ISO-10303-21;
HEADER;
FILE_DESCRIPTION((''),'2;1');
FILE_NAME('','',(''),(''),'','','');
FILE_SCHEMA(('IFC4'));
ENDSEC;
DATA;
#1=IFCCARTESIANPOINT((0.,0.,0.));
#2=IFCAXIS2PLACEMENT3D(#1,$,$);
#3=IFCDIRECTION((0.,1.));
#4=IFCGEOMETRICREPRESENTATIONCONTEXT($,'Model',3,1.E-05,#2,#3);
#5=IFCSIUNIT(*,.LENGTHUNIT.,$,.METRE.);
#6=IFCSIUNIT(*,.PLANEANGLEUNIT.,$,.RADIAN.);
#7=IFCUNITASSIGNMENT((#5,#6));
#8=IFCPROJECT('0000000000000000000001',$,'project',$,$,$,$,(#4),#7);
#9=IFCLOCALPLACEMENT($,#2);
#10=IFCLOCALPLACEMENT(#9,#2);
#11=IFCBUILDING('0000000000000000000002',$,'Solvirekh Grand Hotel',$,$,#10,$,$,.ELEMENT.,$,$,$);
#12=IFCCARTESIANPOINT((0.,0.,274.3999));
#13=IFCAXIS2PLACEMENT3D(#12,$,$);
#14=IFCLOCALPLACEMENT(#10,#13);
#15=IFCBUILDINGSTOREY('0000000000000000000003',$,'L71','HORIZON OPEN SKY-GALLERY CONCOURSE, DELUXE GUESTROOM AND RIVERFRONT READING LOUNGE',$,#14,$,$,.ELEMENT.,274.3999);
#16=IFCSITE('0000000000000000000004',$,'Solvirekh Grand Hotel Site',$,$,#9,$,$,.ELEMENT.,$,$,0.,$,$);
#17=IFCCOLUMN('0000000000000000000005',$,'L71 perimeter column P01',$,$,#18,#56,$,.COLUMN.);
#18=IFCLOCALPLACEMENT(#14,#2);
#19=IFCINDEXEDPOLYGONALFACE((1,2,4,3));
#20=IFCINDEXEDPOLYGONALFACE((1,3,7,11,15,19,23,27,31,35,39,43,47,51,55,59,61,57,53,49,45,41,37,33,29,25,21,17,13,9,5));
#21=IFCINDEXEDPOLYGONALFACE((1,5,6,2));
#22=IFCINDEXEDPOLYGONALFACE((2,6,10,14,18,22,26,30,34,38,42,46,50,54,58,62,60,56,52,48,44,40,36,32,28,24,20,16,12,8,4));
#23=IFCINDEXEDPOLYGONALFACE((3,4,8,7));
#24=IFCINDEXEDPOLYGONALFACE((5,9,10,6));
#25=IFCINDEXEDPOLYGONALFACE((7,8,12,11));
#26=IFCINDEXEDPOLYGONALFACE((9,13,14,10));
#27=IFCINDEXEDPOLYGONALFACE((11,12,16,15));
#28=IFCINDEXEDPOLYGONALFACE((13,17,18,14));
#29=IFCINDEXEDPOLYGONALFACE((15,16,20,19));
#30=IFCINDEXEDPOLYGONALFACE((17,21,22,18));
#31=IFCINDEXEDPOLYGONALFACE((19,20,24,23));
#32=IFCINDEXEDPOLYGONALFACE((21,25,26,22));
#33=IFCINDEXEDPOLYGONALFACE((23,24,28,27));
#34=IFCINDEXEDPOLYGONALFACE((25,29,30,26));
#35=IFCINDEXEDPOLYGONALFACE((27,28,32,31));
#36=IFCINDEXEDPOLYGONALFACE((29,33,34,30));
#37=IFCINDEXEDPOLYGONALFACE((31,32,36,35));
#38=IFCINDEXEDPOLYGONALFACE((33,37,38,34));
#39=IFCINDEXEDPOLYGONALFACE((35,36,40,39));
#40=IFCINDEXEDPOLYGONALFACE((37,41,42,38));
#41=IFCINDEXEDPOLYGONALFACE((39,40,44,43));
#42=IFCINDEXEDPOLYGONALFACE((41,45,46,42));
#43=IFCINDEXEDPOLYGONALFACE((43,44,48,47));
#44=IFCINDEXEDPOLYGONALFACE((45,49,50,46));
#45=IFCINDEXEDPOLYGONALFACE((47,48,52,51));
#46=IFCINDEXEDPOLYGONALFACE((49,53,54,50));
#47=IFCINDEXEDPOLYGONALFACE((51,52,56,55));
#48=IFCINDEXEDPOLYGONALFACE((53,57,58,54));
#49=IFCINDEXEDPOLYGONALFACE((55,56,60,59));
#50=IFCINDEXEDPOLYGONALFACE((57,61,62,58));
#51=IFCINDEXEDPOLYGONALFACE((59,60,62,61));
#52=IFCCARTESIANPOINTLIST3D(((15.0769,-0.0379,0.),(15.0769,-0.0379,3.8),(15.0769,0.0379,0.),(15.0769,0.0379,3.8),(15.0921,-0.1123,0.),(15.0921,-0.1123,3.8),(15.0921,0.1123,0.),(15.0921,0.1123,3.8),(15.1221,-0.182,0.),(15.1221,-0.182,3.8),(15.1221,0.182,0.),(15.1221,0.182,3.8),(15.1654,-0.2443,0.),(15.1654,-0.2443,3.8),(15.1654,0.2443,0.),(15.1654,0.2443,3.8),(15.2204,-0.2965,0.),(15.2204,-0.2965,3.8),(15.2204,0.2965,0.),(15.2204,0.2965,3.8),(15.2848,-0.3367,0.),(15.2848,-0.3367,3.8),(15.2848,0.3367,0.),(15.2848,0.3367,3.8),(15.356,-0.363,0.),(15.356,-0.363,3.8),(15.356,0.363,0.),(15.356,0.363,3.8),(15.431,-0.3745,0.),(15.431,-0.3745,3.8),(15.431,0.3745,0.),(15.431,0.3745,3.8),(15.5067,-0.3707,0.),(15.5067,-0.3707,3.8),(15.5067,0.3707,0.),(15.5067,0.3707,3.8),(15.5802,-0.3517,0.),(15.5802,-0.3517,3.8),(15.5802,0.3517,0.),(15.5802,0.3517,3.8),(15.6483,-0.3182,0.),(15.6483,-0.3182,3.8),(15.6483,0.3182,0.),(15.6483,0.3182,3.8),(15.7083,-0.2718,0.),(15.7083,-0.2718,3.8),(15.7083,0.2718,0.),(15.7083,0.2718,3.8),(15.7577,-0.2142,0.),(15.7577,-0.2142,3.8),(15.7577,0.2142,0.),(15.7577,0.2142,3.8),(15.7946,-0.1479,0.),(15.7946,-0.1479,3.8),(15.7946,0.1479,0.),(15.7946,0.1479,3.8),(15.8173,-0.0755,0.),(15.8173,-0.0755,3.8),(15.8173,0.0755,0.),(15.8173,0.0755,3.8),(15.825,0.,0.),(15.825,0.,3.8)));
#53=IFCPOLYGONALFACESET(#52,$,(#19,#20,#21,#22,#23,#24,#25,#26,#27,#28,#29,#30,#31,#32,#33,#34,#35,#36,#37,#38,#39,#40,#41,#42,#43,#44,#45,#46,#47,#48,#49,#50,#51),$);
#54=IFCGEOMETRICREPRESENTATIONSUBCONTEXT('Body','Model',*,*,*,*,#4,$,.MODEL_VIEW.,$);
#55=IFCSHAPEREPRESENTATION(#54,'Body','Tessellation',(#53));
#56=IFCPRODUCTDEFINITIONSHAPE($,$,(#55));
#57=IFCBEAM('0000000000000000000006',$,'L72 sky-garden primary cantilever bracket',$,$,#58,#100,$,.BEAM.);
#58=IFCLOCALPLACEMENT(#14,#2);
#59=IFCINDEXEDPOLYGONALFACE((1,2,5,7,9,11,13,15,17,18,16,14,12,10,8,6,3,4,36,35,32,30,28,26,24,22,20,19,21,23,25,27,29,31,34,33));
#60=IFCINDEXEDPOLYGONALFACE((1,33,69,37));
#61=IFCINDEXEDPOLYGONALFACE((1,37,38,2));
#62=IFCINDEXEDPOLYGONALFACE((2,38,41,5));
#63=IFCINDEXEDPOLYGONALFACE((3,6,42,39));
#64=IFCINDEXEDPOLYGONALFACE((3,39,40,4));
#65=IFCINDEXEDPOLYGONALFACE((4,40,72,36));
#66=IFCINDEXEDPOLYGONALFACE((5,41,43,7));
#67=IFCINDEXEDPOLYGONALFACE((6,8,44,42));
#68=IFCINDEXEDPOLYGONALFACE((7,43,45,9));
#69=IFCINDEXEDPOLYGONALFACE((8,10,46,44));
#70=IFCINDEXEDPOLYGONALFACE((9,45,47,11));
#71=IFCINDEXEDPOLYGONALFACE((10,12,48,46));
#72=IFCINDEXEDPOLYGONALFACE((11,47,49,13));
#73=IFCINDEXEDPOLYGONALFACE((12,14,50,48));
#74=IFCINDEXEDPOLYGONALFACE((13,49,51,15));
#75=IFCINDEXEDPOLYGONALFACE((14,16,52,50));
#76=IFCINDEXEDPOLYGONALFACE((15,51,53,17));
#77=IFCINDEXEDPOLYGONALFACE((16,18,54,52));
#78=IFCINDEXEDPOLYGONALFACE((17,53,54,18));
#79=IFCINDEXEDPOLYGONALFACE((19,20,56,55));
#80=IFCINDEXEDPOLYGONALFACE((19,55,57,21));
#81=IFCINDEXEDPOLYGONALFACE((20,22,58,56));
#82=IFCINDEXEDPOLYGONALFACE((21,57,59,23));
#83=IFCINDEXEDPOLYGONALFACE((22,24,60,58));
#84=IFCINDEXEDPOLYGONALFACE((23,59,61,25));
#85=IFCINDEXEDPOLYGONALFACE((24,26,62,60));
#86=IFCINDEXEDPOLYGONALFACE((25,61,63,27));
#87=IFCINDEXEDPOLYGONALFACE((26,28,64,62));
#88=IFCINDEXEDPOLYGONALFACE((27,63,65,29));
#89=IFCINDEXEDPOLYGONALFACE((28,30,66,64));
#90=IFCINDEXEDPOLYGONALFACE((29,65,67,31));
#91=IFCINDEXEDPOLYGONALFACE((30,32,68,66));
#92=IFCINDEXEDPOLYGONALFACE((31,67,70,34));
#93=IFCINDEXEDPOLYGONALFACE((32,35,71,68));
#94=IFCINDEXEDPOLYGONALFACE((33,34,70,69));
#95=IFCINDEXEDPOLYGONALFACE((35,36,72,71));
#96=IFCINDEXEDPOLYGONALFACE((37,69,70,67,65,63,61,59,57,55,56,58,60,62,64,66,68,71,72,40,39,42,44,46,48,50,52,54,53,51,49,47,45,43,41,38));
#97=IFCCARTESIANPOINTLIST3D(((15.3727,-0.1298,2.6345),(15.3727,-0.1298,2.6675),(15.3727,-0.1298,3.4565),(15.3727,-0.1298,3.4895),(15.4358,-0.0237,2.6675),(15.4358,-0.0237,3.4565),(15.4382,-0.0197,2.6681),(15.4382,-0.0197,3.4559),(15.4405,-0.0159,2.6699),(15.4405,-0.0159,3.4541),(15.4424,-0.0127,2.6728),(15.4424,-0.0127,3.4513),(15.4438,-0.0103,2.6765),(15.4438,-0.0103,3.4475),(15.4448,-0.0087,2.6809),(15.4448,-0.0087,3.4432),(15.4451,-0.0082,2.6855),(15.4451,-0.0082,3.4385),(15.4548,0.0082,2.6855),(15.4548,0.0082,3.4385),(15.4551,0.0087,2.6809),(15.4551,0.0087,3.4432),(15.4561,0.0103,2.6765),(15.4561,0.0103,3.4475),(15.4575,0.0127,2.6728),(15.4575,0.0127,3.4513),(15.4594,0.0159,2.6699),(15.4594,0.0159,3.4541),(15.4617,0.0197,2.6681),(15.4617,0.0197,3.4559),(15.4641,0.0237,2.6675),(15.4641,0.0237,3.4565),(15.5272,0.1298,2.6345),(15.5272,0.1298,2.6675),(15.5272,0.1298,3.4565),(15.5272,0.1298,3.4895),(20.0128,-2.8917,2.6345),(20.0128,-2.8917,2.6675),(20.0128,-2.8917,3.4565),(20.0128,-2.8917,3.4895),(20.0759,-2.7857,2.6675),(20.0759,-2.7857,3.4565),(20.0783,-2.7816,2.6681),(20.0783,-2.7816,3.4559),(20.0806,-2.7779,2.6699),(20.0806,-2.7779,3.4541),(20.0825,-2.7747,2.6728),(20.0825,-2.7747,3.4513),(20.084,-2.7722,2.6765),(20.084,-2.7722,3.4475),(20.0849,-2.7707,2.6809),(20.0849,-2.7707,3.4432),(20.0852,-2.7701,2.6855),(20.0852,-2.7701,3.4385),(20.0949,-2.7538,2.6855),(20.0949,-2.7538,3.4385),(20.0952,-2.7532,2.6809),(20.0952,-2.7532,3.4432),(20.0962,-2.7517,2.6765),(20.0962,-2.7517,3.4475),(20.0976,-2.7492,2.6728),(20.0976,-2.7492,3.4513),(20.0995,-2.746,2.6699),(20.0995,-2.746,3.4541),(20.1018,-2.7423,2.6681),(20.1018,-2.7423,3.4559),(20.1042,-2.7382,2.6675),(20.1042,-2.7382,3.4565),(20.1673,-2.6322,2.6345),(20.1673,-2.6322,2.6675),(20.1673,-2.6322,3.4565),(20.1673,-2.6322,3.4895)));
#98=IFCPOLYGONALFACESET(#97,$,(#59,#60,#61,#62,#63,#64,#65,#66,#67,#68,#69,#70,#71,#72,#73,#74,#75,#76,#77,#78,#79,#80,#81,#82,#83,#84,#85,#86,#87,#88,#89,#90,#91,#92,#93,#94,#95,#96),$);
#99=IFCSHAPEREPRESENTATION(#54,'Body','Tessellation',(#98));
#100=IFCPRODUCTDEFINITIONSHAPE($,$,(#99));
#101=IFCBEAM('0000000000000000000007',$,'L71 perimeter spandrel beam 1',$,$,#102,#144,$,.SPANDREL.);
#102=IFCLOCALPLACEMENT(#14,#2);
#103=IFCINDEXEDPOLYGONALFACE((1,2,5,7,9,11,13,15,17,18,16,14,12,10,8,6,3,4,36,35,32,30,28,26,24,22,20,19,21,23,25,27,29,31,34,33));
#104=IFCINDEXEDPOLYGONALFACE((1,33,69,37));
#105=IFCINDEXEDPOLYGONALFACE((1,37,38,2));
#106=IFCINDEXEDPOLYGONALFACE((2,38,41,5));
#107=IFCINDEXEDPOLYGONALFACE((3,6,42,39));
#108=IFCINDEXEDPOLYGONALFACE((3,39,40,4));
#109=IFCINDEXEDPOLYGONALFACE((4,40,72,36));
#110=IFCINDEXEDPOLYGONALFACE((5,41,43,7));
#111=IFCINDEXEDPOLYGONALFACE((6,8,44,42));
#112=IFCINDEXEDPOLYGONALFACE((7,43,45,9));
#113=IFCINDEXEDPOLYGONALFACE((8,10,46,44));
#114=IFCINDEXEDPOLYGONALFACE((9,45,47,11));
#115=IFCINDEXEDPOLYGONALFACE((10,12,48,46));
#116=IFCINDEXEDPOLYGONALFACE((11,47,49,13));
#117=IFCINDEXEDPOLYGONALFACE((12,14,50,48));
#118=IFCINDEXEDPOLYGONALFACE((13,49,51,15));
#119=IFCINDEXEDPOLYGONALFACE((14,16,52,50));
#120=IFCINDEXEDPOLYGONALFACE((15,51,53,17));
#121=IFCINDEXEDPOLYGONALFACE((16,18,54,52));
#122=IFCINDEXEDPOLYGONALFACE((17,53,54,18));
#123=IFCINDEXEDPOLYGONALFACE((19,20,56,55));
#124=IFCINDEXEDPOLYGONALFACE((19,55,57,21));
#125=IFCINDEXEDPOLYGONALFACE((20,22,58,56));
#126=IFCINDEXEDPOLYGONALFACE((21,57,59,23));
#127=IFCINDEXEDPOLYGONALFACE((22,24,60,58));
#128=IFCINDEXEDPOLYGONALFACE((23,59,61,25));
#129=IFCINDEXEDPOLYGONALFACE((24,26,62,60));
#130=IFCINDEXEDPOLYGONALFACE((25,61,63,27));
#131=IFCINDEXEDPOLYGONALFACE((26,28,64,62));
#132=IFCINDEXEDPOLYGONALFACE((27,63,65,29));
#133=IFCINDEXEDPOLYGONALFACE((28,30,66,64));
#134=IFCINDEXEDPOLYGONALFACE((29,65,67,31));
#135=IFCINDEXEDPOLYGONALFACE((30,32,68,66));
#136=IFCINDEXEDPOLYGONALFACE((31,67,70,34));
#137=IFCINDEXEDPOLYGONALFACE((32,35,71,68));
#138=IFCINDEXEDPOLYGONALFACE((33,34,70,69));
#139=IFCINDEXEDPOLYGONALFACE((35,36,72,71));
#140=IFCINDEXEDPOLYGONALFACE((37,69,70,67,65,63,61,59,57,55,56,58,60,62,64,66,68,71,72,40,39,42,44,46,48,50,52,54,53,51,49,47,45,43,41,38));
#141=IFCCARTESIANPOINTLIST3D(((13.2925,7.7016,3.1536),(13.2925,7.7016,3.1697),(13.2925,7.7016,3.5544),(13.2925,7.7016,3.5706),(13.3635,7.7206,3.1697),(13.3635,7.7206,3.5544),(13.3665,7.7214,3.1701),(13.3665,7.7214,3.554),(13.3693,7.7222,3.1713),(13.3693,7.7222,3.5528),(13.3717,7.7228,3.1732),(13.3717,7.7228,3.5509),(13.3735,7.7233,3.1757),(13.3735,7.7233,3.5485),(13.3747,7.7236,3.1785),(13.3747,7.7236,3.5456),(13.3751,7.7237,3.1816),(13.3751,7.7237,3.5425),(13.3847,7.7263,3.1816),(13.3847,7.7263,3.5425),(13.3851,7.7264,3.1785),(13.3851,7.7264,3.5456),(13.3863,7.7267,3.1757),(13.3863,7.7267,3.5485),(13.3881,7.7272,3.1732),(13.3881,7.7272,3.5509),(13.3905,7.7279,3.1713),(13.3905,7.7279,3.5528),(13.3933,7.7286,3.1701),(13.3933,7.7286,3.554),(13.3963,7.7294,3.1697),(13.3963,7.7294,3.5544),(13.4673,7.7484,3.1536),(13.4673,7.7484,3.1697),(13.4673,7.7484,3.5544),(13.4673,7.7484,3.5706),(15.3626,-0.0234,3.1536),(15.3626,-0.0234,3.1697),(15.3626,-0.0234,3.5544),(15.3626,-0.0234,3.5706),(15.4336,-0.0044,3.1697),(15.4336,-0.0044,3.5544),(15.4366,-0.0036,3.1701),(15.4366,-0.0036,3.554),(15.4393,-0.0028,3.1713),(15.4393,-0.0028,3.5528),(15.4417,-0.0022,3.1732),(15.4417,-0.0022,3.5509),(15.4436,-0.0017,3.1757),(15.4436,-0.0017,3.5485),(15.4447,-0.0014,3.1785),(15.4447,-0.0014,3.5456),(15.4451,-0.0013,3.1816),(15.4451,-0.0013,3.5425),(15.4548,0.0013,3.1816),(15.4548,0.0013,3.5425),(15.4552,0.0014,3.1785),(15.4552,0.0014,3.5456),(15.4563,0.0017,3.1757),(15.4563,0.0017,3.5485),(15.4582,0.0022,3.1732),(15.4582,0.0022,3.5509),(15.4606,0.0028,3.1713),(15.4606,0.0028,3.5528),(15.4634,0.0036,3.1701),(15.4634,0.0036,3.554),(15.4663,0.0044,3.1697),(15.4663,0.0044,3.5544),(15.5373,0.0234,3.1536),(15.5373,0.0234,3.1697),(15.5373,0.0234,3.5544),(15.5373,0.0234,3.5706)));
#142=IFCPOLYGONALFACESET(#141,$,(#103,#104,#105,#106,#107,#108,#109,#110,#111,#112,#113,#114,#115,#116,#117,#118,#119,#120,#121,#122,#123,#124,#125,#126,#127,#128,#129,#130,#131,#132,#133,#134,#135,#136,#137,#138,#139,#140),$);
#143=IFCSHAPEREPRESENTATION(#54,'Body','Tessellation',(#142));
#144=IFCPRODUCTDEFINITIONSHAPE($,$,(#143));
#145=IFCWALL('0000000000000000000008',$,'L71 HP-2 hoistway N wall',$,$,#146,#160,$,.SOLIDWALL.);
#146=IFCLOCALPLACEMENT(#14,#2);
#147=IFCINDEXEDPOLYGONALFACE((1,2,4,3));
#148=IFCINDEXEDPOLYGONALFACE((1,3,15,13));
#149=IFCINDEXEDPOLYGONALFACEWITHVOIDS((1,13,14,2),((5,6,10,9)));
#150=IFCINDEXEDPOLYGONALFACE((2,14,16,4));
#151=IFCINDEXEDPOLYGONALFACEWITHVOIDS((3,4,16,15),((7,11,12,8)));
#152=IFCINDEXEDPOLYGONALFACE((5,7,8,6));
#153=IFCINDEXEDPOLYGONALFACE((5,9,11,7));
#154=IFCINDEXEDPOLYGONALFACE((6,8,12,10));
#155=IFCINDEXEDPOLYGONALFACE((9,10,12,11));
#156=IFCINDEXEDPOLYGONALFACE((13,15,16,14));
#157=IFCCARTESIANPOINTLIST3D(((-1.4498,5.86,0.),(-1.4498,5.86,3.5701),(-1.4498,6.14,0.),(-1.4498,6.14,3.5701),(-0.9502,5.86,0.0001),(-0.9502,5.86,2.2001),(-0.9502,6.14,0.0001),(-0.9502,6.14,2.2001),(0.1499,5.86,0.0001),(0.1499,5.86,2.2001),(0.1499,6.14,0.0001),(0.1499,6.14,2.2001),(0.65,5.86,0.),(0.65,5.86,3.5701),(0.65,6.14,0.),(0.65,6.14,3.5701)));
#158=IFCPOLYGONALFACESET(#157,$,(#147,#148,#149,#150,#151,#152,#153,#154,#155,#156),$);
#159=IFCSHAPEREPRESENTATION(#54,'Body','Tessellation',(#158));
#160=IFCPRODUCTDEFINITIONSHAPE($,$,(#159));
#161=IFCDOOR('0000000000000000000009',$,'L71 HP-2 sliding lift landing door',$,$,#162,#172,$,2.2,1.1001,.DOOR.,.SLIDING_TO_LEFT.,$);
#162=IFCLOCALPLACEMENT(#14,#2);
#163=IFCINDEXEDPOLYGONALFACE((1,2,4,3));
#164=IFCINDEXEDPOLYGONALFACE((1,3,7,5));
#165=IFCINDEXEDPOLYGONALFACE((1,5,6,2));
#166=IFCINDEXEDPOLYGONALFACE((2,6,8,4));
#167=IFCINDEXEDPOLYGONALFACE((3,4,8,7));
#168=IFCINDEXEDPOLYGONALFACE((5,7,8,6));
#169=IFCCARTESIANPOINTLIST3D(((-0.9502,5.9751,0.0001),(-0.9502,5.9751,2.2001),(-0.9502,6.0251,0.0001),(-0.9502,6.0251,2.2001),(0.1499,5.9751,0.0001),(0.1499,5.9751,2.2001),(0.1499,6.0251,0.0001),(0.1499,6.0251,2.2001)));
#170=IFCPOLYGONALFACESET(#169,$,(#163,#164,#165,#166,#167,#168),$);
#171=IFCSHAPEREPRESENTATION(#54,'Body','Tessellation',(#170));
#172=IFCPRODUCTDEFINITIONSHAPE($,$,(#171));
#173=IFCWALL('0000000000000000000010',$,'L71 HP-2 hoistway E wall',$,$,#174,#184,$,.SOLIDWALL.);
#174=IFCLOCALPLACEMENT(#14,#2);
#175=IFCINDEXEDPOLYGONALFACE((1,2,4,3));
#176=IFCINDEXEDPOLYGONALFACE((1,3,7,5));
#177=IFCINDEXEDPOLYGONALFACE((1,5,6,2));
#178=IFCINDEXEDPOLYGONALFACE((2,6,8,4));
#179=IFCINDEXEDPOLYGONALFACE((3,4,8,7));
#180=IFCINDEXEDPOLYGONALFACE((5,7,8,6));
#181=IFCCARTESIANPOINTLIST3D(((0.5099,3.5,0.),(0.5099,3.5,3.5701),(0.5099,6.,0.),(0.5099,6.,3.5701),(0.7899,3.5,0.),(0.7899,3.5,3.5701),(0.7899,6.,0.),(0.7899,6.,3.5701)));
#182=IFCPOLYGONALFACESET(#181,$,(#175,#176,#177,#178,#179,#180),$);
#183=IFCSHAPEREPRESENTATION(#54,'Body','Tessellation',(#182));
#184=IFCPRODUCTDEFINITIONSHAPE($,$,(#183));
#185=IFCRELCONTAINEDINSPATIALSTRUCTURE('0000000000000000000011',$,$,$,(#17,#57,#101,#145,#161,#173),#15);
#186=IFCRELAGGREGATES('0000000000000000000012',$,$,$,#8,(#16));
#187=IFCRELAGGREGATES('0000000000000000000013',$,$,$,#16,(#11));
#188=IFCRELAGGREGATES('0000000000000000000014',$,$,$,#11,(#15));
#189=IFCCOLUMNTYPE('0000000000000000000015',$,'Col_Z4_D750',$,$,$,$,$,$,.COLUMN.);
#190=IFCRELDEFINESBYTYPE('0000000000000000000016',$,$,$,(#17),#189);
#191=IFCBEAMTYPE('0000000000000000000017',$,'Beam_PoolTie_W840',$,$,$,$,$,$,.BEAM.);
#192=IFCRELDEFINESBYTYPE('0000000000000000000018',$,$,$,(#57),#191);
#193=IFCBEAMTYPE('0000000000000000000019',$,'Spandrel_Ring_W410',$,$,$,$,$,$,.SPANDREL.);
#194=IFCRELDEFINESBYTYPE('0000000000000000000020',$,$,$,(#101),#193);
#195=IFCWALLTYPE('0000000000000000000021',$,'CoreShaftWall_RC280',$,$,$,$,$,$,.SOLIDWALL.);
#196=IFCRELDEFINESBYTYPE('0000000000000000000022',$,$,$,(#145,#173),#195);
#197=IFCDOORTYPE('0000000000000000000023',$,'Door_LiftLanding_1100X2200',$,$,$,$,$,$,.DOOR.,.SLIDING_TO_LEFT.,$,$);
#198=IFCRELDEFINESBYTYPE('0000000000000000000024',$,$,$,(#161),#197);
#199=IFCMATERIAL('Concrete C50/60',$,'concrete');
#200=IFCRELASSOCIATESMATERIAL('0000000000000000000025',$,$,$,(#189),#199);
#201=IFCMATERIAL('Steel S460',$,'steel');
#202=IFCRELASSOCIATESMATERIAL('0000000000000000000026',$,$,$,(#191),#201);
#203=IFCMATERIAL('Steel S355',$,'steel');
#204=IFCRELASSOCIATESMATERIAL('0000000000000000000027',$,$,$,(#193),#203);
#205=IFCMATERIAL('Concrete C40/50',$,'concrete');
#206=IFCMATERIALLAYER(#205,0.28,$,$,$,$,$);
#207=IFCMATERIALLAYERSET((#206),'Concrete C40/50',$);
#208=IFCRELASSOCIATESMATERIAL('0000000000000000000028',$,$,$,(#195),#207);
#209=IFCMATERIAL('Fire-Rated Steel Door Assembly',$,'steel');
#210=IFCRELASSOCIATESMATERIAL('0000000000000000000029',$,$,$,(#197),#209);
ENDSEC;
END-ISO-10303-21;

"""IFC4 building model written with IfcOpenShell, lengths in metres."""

from ifc_helpers import new_model, si_unit, direction, frame, frame_2d, origin, origin_2d, place, context, subcontext, project, spatial, rectangle, circle, i_section, extrude, material, layer, layer_set, material_profile, profile_set, type_object, element, fill, save


model = new_model("IFC4")

# Units and contexts
model_context = context("Model", 3, precision=1e-05, world=origin(), true_north=direction((0.0, 1.0)))
body_context = subcontext(model_context, "Body", "Model", "MODEL_VIEW")
ifc_project = project(units=[si_unit("LENGTHUNIT", "METRE"), si_unit("PLANEANGLEUNIT", "RADIAN")], contexts=[model_context])

# Site, building, storey
site_placement = place(None, origin())
site = spatial("IfcSite", under=ifc_project, at=site_placement, Name="Solvirekh Grand Hotel Site", CompositionType="ELEMENT", RefElevation=0.0)
building_placement = place(site_placement, origin())
building = spatial("IfcBuilding", under=site, at=building_placement, Name="Solvirekh Grand Hotel", CompositionType="ELEMENT")
storey_placement = place(building_placement, frame((0.0, 0.0, 274.3999)))
storey = spatial("IfcBuildingStorey", under=building, at=storey_placement, Name="L71", Description="HORIZON OPEN SKY-GALLERY CONCOURSE, DELUXE GUESTROOM AND RIVERFRONT READING LOUNGE", CompositionType="ELEMENT", Elevation=274.3999)

# Column
ifc_material_1 = material(Name="Concrete C50/60", Category="concrete")
ifc_material_profile_1 = material_profile(ifc_material_1, circle(Radius=0.375, at=origin_2d()), Name="RC CIRC D750")
ifc_profile_set_1 = profile_set([ifc_material_profile_1], Name="Concrete C50/60")
column_type = type_object("IfcColumnType", Name="Col_Z4_D750", PredefinedType="COLUMN", material=ifc_profile_set_1)
column_placement = place(storey_placement, frame((15.45, 0.0, 0.0), z_axis=(0.0, 0.0, 1.0), x_axis=(1.0, 0.0, 0.0)))
element("IfcColumn", 1, at=column_placement, inside=storey, type_object=column_type, Name="L71 perimeter column P01", PredefinedType="COLUMN", context=body_context, shape_type="SweptSolid", body=[
    extrude(circle(Radius=0.375, at=origin_2d()), origin(), (0.0, 0.0, 1.0), 3.8),
])

# Beams
ifc_material_2 = material(Name="Steel S460", Category="steel")
ifc_material_profile_2 = material_profile(ifc_material_2, i_section(OverallWidth=0.302, OverallDepth=0.855, WebThickness=0.019, FlangeThickness=0.033, FilletRadius=0.0181, at=origin_2d()), Name="W840X299")
ifc_profile_set_2 = profile_set([ifc_material_profile_2], Name="Steel S460")
beam_type_1 = type_object("IfcBeamType", Name="Beam_PoolTie_W840", PredefinedType="BEAM", material=ifc_profile_set_2)
beam_1_placement = place(storey_placement, frame((15.45, 0.0, 3.062), z_axis=(0.859295, -0.511481, 0.0), x_axis=(0.511481, 0.859295, 0.0)))
element("IfcBeam", 2, at=beam_1_placement, inside=storey, type_object=beam_type_1, Name="L72 sky-garden primary cantilever bracket", PredefinedType="BEAM", context=body_context, shape_type="SweptSolid", body=[
    extrude(i_section(OverallWidth=0.302, OverallDepth=0.855, WebThickness=0.019, FlangeThickness=0.033, FilletRadius=0.0181, at=origin_2d()), origin(), (0.0, 0.0, 1.0), 5.3999),
])
ifc_material_3 = material(Name="Steel S355", Category="steel")
ifc_material_profile_3 = material_profile(ifc_material_3, i_section(OverallWidth=0.1809, OverallDepth=0.417, WebThickness=0.01, FlangeThickness=0.0161, FilletRadius=0.012, at=origin_2d()), Name="W410X85")
ifc_profile_set_3 = profile_set([ifc_material_profile_3], Name="Steel S355")
beam_type_2 = type_object("IfcBeamType", Name="Spandrel_Ring_W410", PredefinedType="SPANDREL", material=ifc_profile_set_3)
beam_2_placement = place(storey_placement, frame((15.45, 0.0, 3.3621), z_axis=(-0.258835, 0.965922, 0.0), x_axis=(-0.965922, -0.258835, 0.0)))
element("IfcBeam", 3, at=beam_2_placement, inside=storey, type_object=beam_type_2, Name="L71 perimeter spandrel beam 1", PredefinedType="SPANDREL", context=body_context, shape_type="SweptSolid", body=[
    extrude(i_section(OverallWidth=0.1809, OverallDepth=0.417, WebThickness=0.01, FlangeThickness=0.0161, FilletRadius=0.012, at=origin_2d()), origin(), (0.0, 0.0, 1.0), 7.9976),
])

# Wall, opening, door
ifc_material_4 = material(Name="Concrete C40/50", Category="concrete")
ifc_layer_1 = layer(ifc_material_4, 0.28)
ifc_layer_set_1 = layer_set([ifc_layer_1], Name="Concrete C40/50")
wall_type_1 = type_object("IfcWallType", Name="CoreShaftWall_RC280", PredefinedType="SOLIDWALL", material=ifc_layer_set_1)
wall_1_placement = place(storey_placement, frame((0.6499, 6.0, 0.0), z_axis=(0.0, 0.0, 1.0), x_axis=(-1.0, 0.0, 0.0)))
wall_1 = element("IfcWall", 4, at=wall_1_placement, inside=storey, type_object=wall_type_1, Name="L71 HP-2 hoistway N wall", PredefinedType="SOLIDWALL", context=body_context, shape_type="SweptSolid", body=[
    extrude(rectangle(XDim=2.0999, YDim=0.28, at=frame_2d((1.0498, 0.0))), origin(), (0.0, 0.0, 1.0), 3.5701),
])
opening_1_placement = place(wall_1_placement, frame((0.5, 0.0, 0.0)))
opening_1 = element("IfcOpeningElement", 5, at=opening_1_placement, cuts=wall_1, PredefinedType="OPENING", context=body_context, shape_type="SweptSolid", body=[
    extrude(rectangle(XDim=1.1001, YDim=2.2, at=frame_2d((0.55, 1.1001))), frame((0.0, 0.1499, 0.0), z_axis=(0.0, -1.0, 0.0), x_axis=(1.0, 0.0, 0.0)), (0.0, 0.0, 1.0), 0.3),
])
ifc_material_5 = material(Name="Fire-Rated Steel Door Assembly", Category="steel")
door_type_1 = type_object("IfcDoorType", Name="Door_LiftLanding_1100X2200", OperationType="SLIDING_TO_LEFT", PredefinedType="DOOR", material=ifc_material_5)
door_1_placement = place(opening_1_placement, origin())
door_1 = element("IfcDoor", 6, at=door_1_placement, inside=storey, type_object=door_type_1, Name="L71 HP-2 sliding lift landing door", OperationType="SLIDING_TO_LEFT", OverallHeight=2.2, OverallWidth=1.1001, PredefinedType="DOOR", context=body_context, shape_type="SweptSolid", body=[
    extrude(rectangle(XDim=1.1001, YDim=2.2, at=frame_2d((0.55, 1.1001))), frame((0.0, 0.0249, 0.0), z_axis=(0.0, -1.0, 0.0), x_axis=(1.0, 0.0, 0.0)), (0.0, 0.0, 1.0), 0.05),
])
fill(opening_1, door_1)

# Wall
wall_2_placement = place(storey_placement, frame((0.6499, 3.5, 0.0), z_axis=(0.0, 0.0, 1.0), x_axis=(0.0, 1.0, 0.0)))
element("IfcWall", 7, at=wall_2_placement, inside=storey, type_object=wall_type_1, Name="L71 HP-2 hoistway E wall", PredefinedType="SOLIDWALL", context=body_context, shape_type="SweptSolid", body=[
    extrude(rectangle(XDim=2.5, YDim=0.28, at=frame_2d((1.25, 0.0))), origin(), (0.0, 0.0, 1.0), 3.5701),
])

save(model, "model.ifc")
